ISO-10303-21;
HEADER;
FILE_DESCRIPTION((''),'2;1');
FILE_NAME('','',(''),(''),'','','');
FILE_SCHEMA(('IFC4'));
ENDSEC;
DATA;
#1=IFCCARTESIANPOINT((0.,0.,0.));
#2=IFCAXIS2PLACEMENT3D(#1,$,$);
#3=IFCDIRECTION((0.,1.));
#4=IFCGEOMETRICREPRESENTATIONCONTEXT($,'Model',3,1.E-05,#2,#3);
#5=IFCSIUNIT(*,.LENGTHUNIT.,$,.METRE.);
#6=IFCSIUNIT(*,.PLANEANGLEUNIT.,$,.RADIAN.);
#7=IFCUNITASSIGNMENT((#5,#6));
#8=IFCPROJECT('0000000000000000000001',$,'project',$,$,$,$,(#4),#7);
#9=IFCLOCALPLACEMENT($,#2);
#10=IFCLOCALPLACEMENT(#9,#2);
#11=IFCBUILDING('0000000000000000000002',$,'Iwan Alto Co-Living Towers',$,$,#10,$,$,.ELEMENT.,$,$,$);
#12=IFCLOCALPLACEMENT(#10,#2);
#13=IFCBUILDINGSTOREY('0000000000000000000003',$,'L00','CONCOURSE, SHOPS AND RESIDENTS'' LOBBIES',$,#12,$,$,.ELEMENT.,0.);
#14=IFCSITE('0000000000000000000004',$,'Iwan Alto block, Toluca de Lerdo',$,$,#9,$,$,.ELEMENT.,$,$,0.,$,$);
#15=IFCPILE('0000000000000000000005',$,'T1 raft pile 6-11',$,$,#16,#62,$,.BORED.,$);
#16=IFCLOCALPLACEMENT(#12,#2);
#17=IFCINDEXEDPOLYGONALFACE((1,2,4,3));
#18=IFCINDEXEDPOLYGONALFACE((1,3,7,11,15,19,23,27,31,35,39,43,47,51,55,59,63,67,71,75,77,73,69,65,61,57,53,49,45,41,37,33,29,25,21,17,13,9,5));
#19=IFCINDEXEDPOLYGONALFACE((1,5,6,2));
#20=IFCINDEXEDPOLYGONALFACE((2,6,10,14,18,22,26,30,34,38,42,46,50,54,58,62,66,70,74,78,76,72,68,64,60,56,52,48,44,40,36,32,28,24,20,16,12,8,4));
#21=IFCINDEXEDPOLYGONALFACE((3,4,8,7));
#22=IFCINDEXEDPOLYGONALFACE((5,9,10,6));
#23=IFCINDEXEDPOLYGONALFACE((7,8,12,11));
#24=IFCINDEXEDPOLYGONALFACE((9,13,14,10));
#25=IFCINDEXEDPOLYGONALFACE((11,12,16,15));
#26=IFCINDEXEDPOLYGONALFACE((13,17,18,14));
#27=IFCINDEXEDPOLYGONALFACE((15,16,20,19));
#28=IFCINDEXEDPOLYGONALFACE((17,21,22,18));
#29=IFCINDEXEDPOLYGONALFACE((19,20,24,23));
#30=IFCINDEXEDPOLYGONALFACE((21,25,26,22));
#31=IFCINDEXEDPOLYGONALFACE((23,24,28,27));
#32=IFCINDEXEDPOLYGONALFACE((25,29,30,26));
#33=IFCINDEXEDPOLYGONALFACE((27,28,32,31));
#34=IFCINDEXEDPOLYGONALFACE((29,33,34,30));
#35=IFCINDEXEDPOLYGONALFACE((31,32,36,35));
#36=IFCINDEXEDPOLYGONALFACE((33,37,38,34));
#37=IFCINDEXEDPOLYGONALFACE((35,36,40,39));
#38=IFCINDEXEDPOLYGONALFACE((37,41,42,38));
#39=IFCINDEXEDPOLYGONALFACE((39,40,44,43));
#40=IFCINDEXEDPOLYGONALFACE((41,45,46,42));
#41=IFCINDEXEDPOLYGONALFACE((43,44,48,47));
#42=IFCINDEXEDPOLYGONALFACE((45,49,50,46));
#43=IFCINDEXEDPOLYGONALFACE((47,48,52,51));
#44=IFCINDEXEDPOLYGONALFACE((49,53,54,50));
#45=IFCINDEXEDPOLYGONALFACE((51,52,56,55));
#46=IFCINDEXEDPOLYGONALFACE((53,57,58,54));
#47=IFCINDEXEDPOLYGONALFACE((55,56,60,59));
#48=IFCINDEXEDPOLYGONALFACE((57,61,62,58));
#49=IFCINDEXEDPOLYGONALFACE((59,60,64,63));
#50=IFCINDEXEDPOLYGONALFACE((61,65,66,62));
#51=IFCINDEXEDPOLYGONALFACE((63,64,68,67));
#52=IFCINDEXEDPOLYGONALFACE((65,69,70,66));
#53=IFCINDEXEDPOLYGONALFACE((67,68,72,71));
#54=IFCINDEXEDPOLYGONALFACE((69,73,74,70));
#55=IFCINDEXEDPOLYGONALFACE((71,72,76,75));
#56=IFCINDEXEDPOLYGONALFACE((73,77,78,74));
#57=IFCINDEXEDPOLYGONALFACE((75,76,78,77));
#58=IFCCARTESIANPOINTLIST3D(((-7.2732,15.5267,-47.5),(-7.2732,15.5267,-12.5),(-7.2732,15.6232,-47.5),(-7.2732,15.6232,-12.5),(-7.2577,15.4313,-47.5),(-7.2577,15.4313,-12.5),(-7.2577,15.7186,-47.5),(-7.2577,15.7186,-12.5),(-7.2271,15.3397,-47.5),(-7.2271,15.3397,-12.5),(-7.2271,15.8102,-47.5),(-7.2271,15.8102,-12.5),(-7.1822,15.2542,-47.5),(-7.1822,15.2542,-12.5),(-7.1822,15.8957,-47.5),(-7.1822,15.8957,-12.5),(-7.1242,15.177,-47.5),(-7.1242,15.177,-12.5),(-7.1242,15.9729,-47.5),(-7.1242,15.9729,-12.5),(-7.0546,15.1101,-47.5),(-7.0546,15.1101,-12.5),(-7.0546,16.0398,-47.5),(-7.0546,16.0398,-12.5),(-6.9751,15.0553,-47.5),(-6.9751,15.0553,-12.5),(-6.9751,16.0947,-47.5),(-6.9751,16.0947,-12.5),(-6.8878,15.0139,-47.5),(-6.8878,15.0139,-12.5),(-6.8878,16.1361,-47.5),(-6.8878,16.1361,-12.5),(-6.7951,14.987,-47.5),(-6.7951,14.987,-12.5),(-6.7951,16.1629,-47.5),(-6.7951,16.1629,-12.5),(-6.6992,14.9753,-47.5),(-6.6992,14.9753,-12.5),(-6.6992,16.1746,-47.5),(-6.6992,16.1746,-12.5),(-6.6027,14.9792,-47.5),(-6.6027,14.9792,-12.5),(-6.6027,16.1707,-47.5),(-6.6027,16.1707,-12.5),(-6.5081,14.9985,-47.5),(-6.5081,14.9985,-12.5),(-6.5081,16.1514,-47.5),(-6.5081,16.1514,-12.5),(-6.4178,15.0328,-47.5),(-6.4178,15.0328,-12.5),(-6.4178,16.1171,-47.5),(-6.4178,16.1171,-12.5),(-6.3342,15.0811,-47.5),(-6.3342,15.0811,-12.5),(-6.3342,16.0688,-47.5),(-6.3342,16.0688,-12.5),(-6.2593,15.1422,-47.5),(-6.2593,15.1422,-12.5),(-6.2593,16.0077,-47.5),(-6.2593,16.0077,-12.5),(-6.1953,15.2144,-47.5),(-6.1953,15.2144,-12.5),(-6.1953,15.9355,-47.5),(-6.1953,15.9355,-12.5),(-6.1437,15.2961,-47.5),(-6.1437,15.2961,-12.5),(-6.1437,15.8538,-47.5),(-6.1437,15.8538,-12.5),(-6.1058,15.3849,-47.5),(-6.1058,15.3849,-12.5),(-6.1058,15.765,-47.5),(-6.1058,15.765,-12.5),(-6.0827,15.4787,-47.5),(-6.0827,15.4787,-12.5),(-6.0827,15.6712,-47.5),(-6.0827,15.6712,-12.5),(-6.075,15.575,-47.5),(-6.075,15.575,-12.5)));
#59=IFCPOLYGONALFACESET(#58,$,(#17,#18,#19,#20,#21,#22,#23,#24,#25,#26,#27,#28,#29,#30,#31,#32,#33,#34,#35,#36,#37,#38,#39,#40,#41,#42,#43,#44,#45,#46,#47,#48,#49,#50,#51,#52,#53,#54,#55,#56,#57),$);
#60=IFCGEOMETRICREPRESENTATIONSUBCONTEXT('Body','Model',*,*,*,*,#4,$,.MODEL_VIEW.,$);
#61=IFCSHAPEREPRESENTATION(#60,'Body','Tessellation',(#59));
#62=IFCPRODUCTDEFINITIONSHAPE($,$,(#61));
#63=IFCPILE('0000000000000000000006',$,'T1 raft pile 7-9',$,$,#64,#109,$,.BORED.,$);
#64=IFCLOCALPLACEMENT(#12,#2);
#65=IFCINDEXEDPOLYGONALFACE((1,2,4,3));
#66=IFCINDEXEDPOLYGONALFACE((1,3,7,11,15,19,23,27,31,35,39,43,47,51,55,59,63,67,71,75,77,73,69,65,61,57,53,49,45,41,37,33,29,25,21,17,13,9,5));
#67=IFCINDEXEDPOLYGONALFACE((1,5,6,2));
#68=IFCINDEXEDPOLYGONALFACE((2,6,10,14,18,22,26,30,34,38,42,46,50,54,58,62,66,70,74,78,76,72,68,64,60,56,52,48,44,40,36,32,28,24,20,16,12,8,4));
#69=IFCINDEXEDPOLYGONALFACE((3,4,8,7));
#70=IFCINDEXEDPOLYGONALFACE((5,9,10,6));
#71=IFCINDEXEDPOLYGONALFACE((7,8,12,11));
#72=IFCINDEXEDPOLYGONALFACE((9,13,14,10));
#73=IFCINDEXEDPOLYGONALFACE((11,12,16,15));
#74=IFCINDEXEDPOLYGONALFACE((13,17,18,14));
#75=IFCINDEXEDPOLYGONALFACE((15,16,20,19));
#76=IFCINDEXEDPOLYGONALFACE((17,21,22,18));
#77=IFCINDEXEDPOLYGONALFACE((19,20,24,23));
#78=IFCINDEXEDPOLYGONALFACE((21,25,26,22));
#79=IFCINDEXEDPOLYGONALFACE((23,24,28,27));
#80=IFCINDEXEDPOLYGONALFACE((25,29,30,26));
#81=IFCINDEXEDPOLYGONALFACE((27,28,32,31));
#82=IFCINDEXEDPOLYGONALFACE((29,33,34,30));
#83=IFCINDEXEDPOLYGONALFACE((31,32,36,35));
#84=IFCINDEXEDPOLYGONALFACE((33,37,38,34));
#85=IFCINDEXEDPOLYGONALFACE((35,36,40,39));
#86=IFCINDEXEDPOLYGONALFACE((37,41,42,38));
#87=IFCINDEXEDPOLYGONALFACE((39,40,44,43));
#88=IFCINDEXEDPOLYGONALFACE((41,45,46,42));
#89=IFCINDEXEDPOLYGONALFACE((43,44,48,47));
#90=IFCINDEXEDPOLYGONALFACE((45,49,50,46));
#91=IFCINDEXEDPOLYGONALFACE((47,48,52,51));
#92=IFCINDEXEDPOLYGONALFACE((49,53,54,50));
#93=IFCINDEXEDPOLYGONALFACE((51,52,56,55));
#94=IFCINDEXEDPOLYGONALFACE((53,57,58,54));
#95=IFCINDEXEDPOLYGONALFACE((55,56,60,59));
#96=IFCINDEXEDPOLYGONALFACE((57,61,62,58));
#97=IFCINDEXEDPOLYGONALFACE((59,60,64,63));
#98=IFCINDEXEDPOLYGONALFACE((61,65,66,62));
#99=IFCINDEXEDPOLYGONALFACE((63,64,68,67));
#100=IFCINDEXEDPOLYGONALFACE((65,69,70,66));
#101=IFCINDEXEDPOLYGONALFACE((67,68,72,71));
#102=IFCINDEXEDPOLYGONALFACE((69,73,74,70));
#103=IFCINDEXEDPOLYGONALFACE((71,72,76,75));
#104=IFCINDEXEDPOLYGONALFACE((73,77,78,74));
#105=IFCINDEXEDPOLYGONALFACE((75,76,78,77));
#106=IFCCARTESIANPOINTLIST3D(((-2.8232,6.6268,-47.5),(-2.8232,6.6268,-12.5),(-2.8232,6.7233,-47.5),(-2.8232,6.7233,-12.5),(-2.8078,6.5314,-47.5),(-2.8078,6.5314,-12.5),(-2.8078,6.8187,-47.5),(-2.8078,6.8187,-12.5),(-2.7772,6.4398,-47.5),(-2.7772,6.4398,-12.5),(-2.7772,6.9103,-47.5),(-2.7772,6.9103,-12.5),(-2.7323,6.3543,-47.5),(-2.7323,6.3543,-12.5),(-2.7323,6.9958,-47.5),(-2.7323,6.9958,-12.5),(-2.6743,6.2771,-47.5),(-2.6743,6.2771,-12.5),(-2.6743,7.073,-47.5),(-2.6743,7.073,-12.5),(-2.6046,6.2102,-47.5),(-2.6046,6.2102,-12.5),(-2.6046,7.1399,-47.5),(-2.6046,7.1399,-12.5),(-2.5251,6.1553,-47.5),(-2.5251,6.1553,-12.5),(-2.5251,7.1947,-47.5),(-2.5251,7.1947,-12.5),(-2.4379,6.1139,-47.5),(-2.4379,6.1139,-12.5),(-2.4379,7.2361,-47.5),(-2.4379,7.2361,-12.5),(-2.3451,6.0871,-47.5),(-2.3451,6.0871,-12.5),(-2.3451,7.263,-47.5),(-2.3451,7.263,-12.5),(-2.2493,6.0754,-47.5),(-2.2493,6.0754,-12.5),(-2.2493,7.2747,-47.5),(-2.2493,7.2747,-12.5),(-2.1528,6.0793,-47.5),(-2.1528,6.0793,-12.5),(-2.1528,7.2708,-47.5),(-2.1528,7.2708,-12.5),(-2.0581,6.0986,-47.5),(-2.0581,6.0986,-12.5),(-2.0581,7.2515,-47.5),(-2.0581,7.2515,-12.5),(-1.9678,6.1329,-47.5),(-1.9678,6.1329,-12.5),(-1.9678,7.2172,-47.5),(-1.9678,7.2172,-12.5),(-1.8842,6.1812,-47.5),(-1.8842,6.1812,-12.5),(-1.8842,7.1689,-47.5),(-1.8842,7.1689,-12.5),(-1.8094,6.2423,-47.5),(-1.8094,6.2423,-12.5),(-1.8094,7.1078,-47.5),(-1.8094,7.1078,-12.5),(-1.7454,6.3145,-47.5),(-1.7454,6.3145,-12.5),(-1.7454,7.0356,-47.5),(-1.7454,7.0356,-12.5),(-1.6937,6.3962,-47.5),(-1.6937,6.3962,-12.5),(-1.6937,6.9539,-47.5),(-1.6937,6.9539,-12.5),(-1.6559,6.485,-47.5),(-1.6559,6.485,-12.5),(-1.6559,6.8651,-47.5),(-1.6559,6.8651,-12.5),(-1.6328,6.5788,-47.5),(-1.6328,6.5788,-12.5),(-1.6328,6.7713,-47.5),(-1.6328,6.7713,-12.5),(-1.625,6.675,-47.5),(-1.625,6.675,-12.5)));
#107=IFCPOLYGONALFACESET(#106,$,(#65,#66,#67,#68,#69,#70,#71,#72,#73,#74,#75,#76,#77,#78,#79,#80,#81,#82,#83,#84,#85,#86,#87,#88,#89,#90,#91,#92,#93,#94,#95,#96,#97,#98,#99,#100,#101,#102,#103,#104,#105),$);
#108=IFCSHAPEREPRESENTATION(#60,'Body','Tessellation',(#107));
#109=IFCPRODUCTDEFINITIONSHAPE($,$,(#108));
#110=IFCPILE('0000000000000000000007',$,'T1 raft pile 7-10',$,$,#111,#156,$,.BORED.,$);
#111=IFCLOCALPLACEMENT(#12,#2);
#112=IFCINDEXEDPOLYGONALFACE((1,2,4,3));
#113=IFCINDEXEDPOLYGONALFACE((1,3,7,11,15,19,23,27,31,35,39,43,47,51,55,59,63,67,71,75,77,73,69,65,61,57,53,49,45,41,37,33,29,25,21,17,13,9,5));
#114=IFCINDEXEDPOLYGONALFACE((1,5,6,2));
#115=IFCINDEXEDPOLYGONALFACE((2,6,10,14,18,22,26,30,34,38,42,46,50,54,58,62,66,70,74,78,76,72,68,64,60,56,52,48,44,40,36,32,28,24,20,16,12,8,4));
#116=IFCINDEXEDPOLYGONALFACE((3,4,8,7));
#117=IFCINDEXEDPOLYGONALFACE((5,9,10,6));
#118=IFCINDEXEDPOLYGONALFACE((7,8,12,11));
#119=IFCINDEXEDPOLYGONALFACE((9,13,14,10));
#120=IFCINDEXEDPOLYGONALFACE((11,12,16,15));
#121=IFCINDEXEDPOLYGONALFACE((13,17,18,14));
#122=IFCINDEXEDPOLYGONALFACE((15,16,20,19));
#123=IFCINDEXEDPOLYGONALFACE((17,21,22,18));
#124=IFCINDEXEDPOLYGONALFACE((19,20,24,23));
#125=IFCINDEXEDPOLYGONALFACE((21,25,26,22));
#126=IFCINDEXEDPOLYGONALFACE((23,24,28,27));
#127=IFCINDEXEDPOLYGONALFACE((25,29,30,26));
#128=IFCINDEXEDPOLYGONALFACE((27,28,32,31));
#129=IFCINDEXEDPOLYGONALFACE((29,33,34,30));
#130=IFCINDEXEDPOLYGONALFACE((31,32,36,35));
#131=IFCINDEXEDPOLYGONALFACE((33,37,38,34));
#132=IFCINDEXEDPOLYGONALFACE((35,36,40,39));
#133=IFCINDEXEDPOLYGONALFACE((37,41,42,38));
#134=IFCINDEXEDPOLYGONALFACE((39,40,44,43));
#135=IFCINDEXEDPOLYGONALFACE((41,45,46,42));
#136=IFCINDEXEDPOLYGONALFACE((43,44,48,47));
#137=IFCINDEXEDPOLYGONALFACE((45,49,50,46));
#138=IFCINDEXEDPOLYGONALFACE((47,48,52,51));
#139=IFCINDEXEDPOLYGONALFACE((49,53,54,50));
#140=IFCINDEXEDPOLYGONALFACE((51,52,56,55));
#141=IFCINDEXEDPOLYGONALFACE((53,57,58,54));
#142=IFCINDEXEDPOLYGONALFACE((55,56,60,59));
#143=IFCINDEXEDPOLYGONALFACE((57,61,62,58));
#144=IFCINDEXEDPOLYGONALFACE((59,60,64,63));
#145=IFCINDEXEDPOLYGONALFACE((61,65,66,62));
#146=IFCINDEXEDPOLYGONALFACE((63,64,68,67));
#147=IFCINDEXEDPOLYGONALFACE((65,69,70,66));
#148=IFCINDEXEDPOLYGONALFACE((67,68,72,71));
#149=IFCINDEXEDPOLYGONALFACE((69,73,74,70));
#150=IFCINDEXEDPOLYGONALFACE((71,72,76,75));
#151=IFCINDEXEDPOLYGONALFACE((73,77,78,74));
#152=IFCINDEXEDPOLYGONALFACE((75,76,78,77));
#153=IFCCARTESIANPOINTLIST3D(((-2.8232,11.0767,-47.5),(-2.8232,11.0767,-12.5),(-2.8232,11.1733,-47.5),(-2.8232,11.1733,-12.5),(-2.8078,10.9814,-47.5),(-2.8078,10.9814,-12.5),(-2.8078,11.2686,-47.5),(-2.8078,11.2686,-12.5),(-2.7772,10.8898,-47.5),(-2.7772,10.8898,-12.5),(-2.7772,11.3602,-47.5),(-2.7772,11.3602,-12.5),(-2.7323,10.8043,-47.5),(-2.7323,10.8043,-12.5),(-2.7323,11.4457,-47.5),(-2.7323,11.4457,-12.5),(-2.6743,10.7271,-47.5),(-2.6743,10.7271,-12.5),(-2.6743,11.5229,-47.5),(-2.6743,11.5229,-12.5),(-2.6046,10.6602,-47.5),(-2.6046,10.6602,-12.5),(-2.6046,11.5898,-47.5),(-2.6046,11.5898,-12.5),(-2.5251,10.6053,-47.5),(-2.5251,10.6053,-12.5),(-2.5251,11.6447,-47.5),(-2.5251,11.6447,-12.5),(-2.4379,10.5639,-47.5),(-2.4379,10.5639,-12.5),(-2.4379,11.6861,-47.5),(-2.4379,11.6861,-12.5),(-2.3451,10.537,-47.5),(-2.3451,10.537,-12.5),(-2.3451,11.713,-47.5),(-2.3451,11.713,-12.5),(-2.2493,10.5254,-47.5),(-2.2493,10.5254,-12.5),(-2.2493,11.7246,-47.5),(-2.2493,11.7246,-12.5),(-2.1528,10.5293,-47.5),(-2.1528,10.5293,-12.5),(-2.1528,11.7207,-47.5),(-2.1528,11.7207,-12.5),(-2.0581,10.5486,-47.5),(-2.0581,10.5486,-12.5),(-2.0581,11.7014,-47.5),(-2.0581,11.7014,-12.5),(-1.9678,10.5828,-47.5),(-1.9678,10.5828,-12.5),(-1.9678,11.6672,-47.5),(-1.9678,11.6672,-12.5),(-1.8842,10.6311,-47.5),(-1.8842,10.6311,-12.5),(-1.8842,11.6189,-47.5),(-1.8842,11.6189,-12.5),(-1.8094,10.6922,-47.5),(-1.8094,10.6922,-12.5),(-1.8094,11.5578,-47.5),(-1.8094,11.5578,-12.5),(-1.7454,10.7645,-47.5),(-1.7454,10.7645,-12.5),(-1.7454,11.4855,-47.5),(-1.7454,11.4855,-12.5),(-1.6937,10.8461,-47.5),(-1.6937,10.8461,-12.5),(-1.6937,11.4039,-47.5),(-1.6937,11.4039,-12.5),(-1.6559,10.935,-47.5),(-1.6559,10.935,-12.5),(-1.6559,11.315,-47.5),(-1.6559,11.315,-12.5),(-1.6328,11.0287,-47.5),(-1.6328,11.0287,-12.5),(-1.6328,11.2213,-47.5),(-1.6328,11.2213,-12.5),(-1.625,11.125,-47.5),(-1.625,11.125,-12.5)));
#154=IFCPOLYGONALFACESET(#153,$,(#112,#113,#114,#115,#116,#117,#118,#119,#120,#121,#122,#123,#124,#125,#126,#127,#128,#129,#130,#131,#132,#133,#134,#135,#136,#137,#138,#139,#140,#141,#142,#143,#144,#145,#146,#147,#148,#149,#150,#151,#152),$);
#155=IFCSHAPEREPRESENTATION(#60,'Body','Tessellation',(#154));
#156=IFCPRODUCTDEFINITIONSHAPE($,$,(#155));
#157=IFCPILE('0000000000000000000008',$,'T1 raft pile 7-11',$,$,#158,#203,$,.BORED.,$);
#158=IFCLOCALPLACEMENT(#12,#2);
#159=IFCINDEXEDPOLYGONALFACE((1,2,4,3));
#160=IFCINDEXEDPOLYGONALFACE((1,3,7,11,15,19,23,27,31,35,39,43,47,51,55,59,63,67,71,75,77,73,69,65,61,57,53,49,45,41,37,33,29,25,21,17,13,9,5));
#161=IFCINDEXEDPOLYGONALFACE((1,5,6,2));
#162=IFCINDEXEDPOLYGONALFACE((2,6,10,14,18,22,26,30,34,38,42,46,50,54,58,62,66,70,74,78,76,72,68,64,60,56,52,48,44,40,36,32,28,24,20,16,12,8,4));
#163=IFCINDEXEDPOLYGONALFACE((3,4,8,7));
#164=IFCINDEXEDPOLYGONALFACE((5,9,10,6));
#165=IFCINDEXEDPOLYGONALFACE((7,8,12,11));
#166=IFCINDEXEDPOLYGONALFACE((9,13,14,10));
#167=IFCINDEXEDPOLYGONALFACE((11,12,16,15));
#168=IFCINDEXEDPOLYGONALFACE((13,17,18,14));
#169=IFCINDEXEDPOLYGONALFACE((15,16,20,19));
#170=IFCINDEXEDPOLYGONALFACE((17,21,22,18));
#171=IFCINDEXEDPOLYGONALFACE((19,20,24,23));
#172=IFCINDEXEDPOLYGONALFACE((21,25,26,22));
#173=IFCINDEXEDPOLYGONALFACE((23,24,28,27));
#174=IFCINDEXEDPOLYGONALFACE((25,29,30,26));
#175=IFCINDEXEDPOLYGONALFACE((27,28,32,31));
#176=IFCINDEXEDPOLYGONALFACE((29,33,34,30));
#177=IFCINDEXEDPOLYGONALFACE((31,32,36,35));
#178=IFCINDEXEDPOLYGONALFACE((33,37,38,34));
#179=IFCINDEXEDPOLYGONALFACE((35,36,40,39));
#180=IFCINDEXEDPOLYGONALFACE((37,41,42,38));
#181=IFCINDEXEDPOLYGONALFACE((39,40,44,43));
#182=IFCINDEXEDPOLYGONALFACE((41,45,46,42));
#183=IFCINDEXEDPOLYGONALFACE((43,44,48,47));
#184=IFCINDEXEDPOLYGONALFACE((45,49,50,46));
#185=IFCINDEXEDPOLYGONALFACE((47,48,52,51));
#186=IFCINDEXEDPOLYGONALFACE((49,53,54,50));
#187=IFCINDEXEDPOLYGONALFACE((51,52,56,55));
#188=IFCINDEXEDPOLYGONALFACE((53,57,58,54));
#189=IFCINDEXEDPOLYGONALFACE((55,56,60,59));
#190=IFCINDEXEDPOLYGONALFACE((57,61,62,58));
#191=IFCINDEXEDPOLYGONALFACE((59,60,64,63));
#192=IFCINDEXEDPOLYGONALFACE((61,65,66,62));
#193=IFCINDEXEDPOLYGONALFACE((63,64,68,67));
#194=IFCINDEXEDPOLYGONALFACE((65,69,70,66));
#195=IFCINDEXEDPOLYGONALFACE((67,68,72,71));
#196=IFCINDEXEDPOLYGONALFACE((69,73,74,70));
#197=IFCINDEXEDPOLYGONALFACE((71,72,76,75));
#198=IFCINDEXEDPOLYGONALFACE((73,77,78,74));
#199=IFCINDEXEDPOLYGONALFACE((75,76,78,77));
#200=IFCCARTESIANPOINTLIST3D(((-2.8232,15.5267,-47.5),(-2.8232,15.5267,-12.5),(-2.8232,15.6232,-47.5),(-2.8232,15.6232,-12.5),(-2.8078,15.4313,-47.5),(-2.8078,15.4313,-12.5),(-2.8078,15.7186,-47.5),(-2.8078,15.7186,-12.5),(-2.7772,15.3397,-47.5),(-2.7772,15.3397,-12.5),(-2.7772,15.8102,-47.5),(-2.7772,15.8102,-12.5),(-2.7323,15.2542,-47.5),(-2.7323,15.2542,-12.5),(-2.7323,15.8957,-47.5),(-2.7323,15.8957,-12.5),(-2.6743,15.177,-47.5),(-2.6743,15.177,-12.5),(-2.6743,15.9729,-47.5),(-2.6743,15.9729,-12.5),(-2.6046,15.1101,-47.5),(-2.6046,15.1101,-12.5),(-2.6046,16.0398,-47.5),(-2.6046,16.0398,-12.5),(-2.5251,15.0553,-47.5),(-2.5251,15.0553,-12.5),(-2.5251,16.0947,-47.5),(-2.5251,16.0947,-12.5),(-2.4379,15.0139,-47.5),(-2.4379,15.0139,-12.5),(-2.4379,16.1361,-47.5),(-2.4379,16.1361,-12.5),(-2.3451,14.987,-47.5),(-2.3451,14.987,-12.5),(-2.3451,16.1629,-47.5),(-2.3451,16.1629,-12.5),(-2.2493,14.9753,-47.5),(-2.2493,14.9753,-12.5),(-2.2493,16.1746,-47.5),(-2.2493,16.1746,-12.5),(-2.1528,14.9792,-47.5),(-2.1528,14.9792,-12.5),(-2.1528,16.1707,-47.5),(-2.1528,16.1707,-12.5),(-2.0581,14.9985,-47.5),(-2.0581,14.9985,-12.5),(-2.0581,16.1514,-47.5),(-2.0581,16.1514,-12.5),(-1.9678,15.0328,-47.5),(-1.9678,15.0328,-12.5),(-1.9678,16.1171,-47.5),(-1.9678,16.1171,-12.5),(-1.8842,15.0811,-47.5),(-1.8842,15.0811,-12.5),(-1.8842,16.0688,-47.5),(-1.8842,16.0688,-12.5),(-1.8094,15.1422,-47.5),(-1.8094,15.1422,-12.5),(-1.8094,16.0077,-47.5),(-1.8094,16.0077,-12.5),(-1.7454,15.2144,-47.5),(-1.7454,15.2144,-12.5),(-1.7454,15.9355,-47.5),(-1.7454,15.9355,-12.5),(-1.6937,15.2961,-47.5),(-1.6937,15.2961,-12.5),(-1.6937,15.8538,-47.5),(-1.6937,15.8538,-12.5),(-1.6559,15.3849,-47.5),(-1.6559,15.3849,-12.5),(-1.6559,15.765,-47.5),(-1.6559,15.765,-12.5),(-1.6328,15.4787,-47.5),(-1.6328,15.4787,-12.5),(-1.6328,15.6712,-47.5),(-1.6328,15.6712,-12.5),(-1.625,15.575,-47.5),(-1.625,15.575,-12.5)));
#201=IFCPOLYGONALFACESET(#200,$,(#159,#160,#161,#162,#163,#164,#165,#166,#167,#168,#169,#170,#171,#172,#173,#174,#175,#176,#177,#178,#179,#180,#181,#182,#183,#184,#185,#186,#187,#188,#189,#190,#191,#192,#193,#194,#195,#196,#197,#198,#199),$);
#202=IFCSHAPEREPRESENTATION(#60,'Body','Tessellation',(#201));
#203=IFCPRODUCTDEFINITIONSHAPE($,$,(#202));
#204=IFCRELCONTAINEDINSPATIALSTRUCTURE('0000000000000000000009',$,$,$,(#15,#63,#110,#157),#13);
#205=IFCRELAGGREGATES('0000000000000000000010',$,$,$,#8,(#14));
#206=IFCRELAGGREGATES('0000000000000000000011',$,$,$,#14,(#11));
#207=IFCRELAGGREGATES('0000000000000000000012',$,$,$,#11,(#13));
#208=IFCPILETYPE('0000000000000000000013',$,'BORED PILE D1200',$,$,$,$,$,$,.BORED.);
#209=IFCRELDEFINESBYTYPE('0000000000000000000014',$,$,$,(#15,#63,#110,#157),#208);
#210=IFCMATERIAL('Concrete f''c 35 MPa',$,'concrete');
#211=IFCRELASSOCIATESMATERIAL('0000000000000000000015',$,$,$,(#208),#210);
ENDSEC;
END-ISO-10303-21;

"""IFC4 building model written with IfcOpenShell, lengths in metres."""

from ifc_helpers import new_model, si_unit, direction, frame, origin, origin_2d, place, context, subcontext, project, spatial, circle, extrude, material, material_profile, profile_set, type_object, element, save


model = new_model("IFC4")

# Units and contexts
model_context = context("Model", 3, precision=1e-05, world=origin(), true_north=direction((0.0, 1.0)))
body_context = subcontext(model_context, "Body", "Model", "MODEL_VIEW")
ifc_project = project(units=[si_unit("LENGTHUNIT", "METRE"), si_unit("PLANEANGLEUNIT", "RADIAN")], contexts=[model_context])

# Site, building, storey
site_placement = place(None, origin())
site = spatial("IfcSite", under=ifc_project, at=site_placement, Name="Iwan Alto block, Toluca de Lerdo", CompositionType="ELEMENT", RefElevation=0.0)
building_placement = place(site_placement, origin())
building = spatial("IfcBuilding", under=site, at=building_placement, Name="Iwan Alto Co-Living Towers", CompositionType="ELEMENT")
storey_placement = place(building_placement, origin())
storey = spatial("IfcBuildingStorey", under=building, at=storey_placement, Name="L00", Description="CONCOURSE, SHOPS AND RESIDENTS' LOBBIES", CompositionType="ELEMENT", Elevation=0.0)

# Piles
ifc_material_1 = material(Name="Concrete f'c 35 MPa", Category="concrete")
ifc_material_profile_1 = material_profile(ifc_material_1, circle(Radius=0.6001, at=origin_2d()), Name="D1200")
ifc_profile_set_1 = profile_set([ifc_material_profile_1], Name="Concrete f'c 35 MPa")
pile_type = type_object("IfcPileType", Name="BORED PILE D1200", PredefinedType="BORED", material=ifc_profile_set_1)
for number, where, z_axis, x_axis, name in (
    (1, (-6.675, 15.575, -12.5), (0.0, 0.0, -1.0), (1.0, 0.0, 0.0), "T1 raft pile 6-11"),
    (2, (-2.2251, 6.675, -12.5), (0.0, 0.0, -1.0), (1.0, 0.0, 0.0), "T1 raft pile 7-9"),
    (3, (-2.2251, 11.125, -12.5), (0.0, 0.0, -1.0), (1.0, 0.0, 0.0), "T1 raft pile 7-10"),
    (4, (-2.2251, 15.575, -12.5), (0.0, 0.0, -1.0), (1.0, 0.0, 0.0), "T1 raft pile 7-11"),
):
    element("IfcPile", number, at=place(storey_placement, frame(where, z_axis=z_axis, x_axis=x_axis)), inside=storey, type_object=pile_type, Name=name, PredefinedType="BORED", context=body_context, shape_type="SweptSolid", body=[
        extrude(circle(Radius=0.6001, at=origin_2d()), origin(), (0.0, 0.0, 1.0), 35.0),
    ])

save(model, "model.ifc")
